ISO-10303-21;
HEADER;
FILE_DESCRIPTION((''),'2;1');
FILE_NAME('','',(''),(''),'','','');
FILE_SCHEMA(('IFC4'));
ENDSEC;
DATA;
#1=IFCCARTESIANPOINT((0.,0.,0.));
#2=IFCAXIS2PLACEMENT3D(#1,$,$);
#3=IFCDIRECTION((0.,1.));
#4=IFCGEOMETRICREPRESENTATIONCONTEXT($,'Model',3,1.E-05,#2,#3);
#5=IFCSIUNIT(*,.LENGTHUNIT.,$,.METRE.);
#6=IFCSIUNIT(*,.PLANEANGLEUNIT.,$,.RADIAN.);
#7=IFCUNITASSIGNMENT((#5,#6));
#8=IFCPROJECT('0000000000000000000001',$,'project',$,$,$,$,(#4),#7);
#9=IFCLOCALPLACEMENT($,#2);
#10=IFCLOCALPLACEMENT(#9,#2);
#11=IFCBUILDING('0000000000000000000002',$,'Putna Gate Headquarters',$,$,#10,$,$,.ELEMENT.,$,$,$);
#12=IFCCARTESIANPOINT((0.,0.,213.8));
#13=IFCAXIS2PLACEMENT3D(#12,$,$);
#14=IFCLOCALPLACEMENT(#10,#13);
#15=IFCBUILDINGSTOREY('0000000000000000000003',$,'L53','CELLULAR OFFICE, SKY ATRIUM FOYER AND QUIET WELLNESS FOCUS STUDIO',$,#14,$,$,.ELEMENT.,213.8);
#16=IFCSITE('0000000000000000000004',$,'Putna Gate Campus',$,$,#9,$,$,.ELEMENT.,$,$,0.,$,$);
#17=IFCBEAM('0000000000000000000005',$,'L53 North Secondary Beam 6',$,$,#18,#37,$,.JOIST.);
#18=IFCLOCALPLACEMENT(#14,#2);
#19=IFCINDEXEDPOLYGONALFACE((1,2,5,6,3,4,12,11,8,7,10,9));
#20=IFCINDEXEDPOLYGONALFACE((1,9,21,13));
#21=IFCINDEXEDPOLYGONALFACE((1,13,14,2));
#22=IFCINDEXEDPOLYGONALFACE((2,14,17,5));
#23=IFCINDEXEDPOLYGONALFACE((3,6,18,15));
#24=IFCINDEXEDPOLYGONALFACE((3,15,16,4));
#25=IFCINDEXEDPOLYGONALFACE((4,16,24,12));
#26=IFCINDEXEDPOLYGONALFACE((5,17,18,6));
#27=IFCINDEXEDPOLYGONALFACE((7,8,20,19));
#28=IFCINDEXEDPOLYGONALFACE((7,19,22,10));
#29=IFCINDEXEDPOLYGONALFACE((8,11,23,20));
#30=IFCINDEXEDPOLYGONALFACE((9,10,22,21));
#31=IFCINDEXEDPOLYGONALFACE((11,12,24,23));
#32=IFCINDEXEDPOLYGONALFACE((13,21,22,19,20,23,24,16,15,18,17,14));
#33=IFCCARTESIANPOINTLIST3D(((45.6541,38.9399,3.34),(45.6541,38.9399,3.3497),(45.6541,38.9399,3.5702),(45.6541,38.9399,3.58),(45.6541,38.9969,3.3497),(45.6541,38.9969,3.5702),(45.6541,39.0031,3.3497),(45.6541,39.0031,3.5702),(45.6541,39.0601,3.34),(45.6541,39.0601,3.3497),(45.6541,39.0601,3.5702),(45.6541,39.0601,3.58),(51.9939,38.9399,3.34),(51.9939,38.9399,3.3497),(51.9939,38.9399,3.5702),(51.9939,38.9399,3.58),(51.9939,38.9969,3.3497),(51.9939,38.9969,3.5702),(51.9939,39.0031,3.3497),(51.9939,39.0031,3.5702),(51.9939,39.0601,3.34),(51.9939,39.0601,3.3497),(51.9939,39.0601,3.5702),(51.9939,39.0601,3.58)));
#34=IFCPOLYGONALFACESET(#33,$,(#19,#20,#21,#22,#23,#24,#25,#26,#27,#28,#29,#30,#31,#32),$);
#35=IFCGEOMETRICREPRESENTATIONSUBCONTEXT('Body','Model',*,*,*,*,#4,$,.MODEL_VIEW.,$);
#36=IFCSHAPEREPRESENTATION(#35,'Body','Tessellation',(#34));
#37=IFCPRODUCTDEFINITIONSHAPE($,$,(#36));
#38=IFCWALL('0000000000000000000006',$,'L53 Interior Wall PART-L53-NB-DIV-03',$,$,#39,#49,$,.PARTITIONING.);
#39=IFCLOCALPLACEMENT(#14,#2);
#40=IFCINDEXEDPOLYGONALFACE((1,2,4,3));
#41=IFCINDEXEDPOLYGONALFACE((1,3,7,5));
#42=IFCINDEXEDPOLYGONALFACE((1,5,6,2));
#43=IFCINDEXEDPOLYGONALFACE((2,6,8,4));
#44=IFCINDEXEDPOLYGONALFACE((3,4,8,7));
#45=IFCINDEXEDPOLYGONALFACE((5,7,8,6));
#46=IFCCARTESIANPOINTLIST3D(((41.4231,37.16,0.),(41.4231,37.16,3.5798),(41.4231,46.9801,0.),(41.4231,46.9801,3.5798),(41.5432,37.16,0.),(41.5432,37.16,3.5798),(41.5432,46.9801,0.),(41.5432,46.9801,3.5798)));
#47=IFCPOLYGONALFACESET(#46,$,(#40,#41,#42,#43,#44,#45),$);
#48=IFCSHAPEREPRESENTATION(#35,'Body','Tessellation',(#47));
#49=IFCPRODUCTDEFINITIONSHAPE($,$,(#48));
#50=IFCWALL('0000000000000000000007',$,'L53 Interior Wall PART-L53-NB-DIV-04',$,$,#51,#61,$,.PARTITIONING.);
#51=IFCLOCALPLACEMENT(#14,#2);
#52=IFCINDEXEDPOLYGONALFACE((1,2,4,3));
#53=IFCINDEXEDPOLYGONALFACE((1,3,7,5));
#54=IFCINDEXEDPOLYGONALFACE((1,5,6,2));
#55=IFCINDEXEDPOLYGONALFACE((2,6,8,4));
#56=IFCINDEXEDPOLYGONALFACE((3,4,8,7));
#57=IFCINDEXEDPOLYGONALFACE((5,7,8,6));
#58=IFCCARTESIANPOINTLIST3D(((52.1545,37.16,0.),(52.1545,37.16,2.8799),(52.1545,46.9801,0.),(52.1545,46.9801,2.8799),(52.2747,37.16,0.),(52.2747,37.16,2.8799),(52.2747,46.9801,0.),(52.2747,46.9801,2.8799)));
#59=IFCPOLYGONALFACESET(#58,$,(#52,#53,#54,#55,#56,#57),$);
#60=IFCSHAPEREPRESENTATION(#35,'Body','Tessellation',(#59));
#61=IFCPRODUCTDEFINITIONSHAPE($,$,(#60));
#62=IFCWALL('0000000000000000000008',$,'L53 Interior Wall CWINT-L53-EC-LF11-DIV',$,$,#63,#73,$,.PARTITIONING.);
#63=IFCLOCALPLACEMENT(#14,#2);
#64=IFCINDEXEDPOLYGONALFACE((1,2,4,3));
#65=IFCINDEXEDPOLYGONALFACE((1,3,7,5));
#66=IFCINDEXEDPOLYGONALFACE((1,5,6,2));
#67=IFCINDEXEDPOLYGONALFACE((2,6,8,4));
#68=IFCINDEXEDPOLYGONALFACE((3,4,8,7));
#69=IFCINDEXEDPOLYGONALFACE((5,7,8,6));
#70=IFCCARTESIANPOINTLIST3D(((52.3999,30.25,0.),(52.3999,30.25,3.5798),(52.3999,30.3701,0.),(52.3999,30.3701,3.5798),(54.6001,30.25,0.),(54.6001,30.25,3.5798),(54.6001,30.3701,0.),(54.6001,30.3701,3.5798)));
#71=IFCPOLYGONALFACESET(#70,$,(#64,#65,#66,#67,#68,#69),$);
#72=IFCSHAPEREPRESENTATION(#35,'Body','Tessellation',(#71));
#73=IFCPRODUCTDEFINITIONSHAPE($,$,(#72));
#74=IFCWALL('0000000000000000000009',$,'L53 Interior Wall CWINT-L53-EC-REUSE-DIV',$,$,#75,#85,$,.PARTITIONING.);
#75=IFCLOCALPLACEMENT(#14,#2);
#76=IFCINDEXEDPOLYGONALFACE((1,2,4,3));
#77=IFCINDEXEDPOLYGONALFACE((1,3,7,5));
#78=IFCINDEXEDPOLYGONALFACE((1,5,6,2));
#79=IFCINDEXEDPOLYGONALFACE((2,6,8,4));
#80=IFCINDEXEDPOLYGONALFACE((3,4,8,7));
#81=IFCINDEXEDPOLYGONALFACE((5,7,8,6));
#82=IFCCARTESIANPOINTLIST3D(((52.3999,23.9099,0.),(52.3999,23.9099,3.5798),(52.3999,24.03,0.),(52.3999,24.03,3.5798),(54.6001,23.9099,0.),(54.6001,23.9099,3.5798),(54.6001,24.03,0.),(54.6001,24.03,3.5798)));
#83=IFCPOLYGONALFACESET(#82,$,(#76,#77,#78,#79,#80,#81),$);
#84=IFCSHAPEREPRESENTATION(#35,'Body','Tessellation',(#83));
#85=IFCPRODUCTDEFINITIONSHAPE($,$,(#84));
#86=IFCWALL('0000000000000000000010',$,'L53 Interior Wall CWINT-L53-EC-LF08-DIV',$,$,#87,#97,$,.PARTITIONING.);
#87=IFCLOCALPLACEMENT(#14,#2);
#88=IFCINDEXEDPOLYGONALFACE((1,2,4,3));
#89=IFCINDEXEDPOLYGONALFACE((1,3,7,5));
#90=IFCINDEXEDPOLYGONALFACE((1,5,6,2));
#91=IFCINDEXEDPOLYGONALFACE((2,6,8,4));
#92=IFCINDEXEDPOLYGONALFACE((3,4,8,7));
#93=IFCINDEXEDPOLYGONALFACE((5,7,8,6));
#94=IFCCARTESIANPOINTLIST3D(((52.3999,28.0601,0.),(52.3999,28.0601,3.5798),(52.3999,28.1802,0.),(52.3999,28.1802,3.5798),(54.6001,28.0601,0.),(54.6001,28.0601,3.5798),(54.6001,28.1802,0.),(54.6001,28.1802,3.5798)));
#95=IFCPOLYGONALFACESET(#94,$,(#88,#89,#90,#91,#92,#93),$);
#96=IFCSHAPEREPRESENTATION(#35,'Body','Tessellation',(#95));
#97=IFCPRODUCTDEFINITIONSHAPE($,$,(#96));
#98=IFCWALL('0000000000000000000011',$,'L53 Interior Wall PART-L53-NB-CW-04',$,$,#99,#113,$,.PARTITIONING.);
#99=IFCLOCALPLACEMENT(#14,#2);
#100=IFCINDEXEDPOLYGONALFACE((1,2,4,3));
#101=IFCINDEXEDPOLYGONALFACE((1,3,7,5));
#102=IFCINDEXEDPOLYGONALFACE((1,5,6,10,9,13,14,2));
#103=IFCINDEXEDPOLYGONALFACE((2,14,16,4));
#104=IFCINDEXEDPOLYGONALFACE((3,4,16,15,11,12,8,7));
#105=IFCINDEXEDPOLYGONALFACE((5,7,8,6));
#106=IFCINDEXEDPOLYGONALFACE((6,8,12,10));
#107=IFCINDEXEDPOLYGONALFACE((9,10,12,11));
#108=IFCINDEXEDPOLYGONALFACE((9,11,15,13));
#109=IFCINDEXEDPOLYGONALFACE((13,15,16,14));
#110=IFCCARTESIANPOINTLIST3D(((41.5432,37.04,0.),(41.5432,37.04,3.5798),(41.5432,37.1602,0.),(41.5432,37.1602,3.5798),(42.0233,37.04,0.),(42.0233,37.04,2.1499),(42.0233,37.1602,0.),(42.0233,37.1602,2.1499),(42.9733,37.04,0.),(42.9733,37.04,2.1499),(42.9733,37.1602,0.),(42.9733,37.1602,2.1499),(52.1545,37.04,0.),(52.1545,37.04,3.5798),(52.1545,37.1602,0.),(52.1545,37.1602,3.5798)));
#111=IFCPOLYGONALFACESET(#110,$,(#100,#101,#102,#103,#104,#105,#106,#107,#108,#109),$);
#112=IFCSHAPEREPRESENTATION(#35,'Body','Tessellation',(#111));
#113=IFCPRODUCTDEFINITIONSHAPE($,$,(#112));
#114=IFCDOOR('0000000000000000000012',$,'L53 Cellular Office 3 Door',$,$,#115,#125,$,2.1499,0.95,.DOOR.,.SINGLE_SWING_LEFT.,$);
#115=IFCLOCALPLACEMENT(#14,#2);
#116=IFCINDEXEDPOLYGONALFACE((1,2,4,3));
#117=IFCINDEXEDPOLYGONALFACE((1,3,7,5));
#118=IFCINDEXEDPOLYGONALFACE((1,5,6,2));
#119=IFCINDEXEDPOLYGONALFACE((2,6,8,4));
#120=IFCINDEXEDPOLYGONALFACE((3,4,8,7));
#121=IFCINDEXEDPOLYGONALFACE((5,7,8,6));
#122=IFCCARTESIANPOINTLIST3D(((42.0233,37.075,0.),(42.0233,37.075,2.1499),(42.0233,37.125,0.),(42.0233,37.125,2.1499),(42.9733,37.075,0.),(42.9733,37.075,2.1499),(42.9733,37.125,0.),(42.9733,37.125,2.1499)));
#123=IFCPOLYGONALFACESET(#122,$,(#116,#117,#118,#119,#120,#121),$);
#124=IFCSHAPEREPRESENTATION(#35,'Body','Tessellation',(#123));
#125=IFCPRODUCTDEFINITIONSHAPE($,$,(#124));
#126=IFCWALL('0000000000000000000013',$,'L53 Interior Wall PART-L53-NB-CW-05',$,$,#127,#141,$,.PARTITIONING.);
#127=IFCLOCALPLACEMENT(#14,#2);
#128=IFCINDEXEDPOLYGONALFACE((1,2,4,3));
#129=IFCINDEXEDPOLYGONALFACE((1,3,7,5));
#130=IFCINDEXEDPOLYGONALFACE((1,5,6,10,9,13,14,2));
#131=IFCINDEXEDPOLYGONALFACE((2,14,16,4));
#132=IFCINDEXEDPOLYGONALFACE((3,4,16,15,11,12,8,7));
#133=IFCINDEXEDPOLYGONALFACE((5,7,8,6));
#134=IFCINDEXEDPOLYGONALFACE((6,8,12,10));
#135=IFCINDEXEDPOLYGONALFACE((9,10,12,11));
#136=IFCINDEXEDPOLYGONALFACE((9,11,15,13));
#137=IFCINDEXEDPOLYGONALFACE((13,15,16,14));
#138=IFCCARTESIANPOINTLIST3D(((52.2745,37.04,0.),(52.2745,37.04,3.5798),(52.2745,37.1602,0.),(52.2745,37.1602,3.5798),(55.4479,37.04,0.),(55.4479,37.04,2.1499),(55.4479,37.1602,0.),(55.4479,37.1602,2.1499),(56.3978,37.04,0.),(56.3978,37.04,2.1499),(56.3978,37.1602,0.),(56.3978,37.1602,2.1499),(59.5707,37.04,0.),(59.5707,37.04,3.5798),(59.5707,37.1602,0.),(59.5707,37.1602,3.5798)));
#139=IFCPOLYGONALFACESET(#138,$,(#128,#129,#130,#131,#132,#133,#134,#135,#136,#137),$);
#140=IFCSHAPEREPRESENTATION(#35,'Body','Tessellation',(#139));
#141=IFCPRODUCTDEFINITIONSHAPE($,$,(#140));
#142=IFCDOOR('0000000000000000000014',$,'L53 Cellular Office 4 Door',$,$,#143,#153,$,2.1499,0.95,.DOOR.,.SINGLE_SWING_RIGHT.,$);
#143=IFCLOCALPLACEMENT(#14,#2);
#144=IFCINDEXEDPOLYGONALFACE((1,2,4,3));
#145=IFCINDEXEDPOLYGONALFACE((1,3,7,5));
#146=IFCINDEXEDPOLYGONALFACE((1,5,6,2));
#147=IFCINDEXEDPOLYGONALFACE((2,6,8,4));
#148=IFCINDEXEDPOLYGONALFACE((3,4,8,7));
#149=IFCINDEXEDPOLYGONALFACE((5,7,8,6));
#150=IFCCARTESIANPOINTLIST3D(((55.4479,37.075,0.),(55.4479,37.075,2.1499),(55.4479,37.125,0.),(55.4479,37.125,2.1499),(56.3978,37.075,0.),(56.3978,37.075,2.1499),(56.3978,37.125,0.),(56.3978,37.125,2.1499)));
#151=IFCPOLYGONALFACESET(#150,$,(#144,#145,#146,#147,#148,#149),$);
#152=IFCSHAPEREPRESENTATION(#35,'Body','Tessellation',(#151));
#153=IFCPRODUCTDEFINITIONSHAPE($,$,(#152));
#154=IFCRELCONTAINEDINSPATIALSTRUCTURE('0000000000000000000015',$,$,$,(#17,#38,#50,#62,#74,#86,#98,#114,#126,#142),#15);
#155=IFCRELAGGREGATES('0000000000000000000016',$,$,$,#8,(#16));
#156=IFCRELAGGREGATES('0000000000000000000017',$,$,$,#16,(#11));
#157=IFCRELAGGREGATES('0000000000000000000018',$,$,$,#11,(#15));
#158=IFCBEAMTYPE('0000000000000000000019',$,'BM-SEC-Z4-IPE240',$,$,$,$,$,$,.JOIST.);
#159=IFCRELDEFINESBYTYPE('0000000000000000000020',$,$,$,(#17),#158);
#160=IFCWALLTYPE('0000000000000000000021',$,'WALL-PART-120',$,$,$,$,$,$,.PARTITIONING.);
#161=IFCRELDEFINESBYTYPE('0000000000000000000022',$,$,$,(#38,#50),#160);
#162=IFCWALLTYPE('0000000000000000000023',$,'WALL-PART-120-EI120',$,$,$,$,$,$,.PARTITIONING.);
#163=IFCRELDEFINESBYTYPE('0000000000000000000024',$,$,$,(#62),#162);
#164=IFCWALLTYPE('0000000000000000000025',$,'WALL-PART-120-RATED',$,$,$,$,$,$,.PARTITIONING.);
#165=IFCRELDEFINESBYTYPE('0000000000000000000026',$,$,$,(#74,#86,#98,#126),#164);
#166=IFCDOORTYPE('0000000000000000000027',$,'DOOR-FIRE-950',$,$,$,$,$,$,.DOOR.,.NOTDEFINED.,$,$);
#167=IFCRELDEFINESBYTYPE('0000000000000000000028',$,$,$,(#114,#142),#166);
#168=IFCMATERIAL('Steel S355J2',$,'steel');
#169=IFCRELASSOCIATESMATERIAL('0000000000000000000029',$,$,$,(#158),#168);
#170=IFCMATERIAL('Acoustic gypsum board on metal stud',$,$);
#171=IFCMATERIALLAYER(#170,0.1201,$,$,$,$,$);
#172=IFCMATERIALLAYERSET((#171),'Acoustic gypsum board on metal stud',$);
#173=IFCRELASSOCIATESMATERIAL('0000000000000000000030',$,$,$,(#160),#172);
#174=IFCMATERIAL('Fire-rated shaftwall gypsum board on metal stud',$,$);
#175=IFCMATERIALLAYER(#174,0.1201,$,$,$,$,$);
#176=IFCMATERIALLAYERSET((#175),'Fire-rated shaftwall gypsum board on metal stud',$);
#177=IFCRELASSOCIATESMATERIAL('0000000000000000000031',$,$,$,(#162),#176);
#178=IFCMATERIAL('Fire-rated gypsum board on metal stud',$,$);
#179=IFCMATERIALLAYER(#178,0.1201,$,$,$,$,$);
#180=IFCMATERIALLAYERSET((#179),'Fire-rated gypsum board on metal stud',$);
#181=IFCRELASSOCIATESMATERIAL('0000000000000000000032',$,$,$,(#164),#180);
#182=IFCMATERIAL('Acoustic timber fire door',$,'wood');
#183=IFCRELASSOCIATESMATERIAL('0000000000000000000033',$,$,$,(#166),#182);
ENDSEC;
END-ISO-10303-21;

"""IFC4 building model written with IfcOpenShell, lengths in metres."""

from ifc_helpers import new_model, si_unit, direction, frame, frame_2d, origin, origin_2d, place, context, subcontext, project, spatial, rectangle, i_section, extrude, material, layer, layer_set, material_profile, profile_set, type_object, element, fill, save


model = new_model("IFC4")

# Units and contexts
model_context = context("Model", 3, precision=1e-05, world=origin(), true_north=direction((0.0, 1.0)))
body_context = subcontext(model_context, "Body", "Model", "MODEL_VIEW")
ifc_project = project(units=[si_unit("LENGTHUNIT", "METRE"), si_unit("PLANEANGLEUNIT", "RADIAN")], contexts=[model_context])

# Site, building, storey
site_placement = place(None, origin())
site = spatial("IfcSite", under=ifc_project, at=site_placement, Name="Putna Gate Campus", CompositionType="ELEMENT", RefElevation=0.0)
building_placement = place(site_placement, origin())
building = spatial("IfcBuilding", under=site, at=building_placement, Name="Putna Gate Headquarters", CompositionType="ELEMENT")
storey_placement = place(building_placement, frame((0.0, 0.0, 213.8)))
storey = spatial("IfcBuildingStorey", under=building, at=storey_placement, Name="L53", Description="CELLULAR OFFICE, SKY ATRIUM FOYER AND QUIET WELLNESS FOCUS STUDIO", CompositionType="ELEMENT", Elevation=213.8)

# Beam
ifc_material_1 = material(Name="Steel S355J2", Category="steel")
ifc_material_profile_1 = material_profile(ifc_material_1, i_section(OverallWidth=0.1201, OverallDepth=0.24, WebThickness=0.0061, FlangeThickness=0.0098, at=origin_2d()), Name="Steel S355J2")
ifc_profile_set_1 = profile_set([ifc_material_profile_1], Name="Steel S355J2")
beam_type_1 = type_object("IfcBeamType", Name="BM-SEC-Z4-IPE240", PredefinedType="JOIST", material=ifc_profile_set_1)
beam_1_placement = place(storey_placement, frame((45.6541, 39.0, 3.46), z_axis=(1.0, 0.0, 0.0), x_axis=(0.0, 1.0, 0.0)))
element("IfcBeam", 1, at=beam_1_placement, inside=storey, type_object=beam_type_1, Name="L53 North Secondary Beam 6", PredefinedType="JOIST", context=body_context, shape_type="SweptSolid", body=[
    extrude(i_section(OverallWidth=0.1201, OverallDepth=0.24, WebThickness=0.0061, FlangeThickness=0.0098, at=origin_2d()), origin(), (0.0, 0.0, 1.0), 6.3398),
])

# Shared definitions
ifc_material_2 = material(Name="Acoustic gypsum board on metal stud")
ifc_layer_1 = layer(ifc_material_2, 0.1201)
ifc_layer_set_1 = layer_set([ifc_layer_1], Name="Acoustic gypsum board on metal stud")
wall_type_1 = type_object("IfcWallType", Name="WALL-PART-120", PredefinedType="PARTITIONING", material=ifc_layer_set_1)

# Walls
wall_1_placement = place(storey_placement, frame((41.4832, 37.1599, 0.0), z_axis=(0.0, 0.0, 1.0), x_axis=(0.0, 1.0, 0.0)))
element("IfcWall", 2, at=wall_1_placement, inside=storey, type_object=wall_type_1, Name="L53 Interior Wall PART-L53-NB-DIV-03", PredefinedType="PARTITIONING", context=body_context, shape_type="SweptSolid", body=[
    extrude(rectangle(XDim=9.8201, YDim=0.1201, at=frame_2d((4.9102, 0.0))), origin(), (0.0, 0.0, 1.0), 3.5798),
])
wall_2_placement = place(storey_placement, frame((52.2146, 37.1599, 0.0), z_axis=(0.0, 0.0, 1.0), x_axis=(0.0, 1.0, 0.0)))
element("IfcWall", 3, at=wall_2_placement, inside=storey, type_object=wall_type_1, Name="L53 Interior Wall PART-L53-NB-DIV-04", PredefinedType="PARTITIONING", context=body_context, shape_type="SweptSolid", body=[
    extrude(rectangle(XDim=9.8201, YDim=0.1201, at=frame_2d((4.9102, 0.0))), origin(), (0.0, 0.0, 1.0), 2.8799),
])
ifc_material_3 = material(Name="Fire-rated shaftwall gypsum board on metal stud")
ifc_layer_2 = layer(ifc_material_3, 0.1201)
ifc_layer_set_2 = layer_set([ifc_layer_2], Name="Fire-rated shaftwall gypsum board on metal stud")
wall_type_2 = type_object("IfcWallType", Name="WALL-PART-120-EI120", PredefinedType="PARTITIONING", material=ifc_layer_set_2)
wall_3_placement = place(storey_placement, frame((52.3999, 30.3101, 0.0), z_axis=(0.0, 0.0, 1.0), x_axis=(1.0, 0.0, 0.0)))
element("IfcWall", 4, at=wall_3_placement, inside=storey, type_object=wall_type_2, Name="L53 Interior Wall CWINT-L53-EC-LF11-DIV", PredefinedType="PARTITIONING", context=body_context, shape_type="SweptSolid", body=[
    extrude(rectangle(XDim=2.2002, YDim=0.1201, at=frame_2d((1.1001, 0.0))), origin(), (0.0, 0.0, 1.0), 3.5798),
])
ifc_material_4 = material(Name="Fire-rated gypsum board on metal stud")
ifc_layer_3 = layer(ifc_material_4, 0.1201)
ifc_layer_set_3 = layer_set([ifc_layer_3], Name="Fire-rated gypsum board on metal stud")
wall_type_3 = type_object("IfcWallType", Name="WALL-PART-120-RATED", PredefinedType="PARTITIONING", material=ifc_layer_set_3)
for number, where, z_axis, x_axis, name in (
    (5, (52.3999, 23.97, 0.0), (0.0, 0.0, 1.0), (1.0, 0.0, 0.0), "L53 Interior Wall CWINT-L53-EC-REUSE-DIV"),
    (6, (52.3999, 28.1201, 0.0), (0.0, 0.0, 1.0), (1.0, 0.0, 0.0), "L53 Interior Wall CWINT-L53-EC-LF08-DIV"),
):
    element("IfcWall", number, at=place(storey_placement, frame(where, z_axis=z_axis, x_axis=x_axis)), inside=storey, type_object=wall_type_3, Name=name, PredefinedType="PARTITIONING", context=body_context, shape_type="SweptSolid", body=[
        extrude(rectangle(XDim=2.2002, YDim=0.1201, at=frame_2d((1.1001, 0.0))), origin(), (0.0, 0.0, 1.0), 3.5798),
    ])

# Walls, openings, doors
wall_4_placement = place(storey_placement, frame((41.5432, 37.1001, 0.0), z_axis=(0.0, 0.0, 1.0), x_axis=(1.0, 0.0, 0.0)))
wall_4 = element("IfcWall", 7, at=wall_4_placement, inside=storey, type_object=wall_type_3, Name="L53 Interior Wall PART-L53-NB-CW-04", PredefinedType="PARTITIONING", context=body_context, shape_type="SweptSolid", body=[
    extrude(rectangle(XDim=10.6113, YDim=0.1201, at=frame_2d((5.3057, 0.0))), origin(), (0.0, 0.0, 1.0), 3.5798),
])
opening_1_placement = place(wall_4_placement, frame((0.48, 0.0, 0.0)))
opening_1 = element("IfcOpeningElement", 8, at=opening_1_placement, cuts=wall_4, PredefinedType="OPENING", context=body_context, shape_type="SweptSolid", body=[
    extrude(rectangle(XDim=0.95, YDim=2.1499, at=frame_2d((0.4751, 1.075))), frame((0.0, 0.0701, 0.0), z_axis=(0.0, -1.0, 0.0), x_axis=(1.0, 0.0, 0.0)), (0.0, 0.0, 1.0), 0.1401),
])
ifc_material_5 = material(Name="Acoustic timber fire door", Category="wood")
door_type_1 = type_object("IfcDoorType", Name="DOOR-FIRE-950", OperationType="NOTDEFINED", PredefinedType="DOOR", material=ifc_material_5)
door_1_placement = place(opening_1_placement, origin())
door_1 = element("IfcDoor", 9, at=door_1_placement, inside=storey, type_object=door_type_1, Name="L53 Cellular Office 3 Door", OperationType="SINGLE_SWING_LEFT", OverallHeight=2.1499, OverallWidth=0.95, PredefinedType="DOOR", context=body_context, shape_type="SweptSolid", body=[
    extrude(rectangle(XDim=0.95, YDim=2.1499, at=frame_2d((0.4751, 1.075))), frame((0.0, 0.0249, 0.0), z_axis=(0.0, -1.0, 0.0), x_axis=(1.0, 0.0, 0.0)), (0.0, 0.0, 1.0), 0.05),
])
fill(opening_1, door_1)
wall_5_placement = place(storey_placement, frame((52.2747, 37.1001, 0.0), z_axis=(0.0, 0.0, 1.0), x_axis=(1.0, 0.0, 0.0)))
wall_5 = element("IfcWall", 10, at=wall_5_placement, inside=storey, type_object=wall_type_3, Name="L53 Interior Wall PART-L53-NB-CW-05", PredefinedType="PARTITIONING", context=body_context, shape_type="SweptSolid", body=[
    extrude(rectangle(XDim=7.2961, YDim=0.1201, at=frame_2d((3.6479, 0.0))), origin(), (0.0, 0.0, 1.0), 3.5798),
])
opening_2_placement = place(wall_5_placement, frame((3.1731, 0.0, 0.0)))
opening_2 = element("IfcOpeningElement", 11, at=opening_2_placement, cuts=wall_5, PredefinedType="OPENING", context=body_context, shape_type="SweptSolid", body=[
    extrude(rectangle(XDim=0.95, YDim=2.1499, at=frame_2d((0.4751, 1.075))), frame((0.0, 0.0701, 0.0), z_axis=(0.0, -1.0, 0.0), x_axis=(1.0, 0.0, 0.0)), (0.0, 0.0, 1.0), 0.1401),
])
door_2_placement = place(opening_2_placement, origin())
door_2 = element("IfcDoor", 12, at=door_2_placement, inside=storey, type_object=door_type_1, Name="L53 Cellular Office 4 Door", OperationType="SINGLE_SWING_RIGHT", OverallHeight=2.1499, OverallWidth=0.95, PredefinedType="DOOR", context=body_context, shape_type="SweptSolid", body=[
    extrude(rectangle(XDim=0.95, YDim=2.1499, at=frame_2d((0.4751, 1.075))), frame((0.0, 0.0249, 0.0), z_axis=(0.0, -1.0, 0.0), x_axis=(1.0, 0.0, 0.0)), (0.0, 0.0, 1.0), 0.05),
])
fill(opening_2, door_2)

save(model, "model.ifc")
